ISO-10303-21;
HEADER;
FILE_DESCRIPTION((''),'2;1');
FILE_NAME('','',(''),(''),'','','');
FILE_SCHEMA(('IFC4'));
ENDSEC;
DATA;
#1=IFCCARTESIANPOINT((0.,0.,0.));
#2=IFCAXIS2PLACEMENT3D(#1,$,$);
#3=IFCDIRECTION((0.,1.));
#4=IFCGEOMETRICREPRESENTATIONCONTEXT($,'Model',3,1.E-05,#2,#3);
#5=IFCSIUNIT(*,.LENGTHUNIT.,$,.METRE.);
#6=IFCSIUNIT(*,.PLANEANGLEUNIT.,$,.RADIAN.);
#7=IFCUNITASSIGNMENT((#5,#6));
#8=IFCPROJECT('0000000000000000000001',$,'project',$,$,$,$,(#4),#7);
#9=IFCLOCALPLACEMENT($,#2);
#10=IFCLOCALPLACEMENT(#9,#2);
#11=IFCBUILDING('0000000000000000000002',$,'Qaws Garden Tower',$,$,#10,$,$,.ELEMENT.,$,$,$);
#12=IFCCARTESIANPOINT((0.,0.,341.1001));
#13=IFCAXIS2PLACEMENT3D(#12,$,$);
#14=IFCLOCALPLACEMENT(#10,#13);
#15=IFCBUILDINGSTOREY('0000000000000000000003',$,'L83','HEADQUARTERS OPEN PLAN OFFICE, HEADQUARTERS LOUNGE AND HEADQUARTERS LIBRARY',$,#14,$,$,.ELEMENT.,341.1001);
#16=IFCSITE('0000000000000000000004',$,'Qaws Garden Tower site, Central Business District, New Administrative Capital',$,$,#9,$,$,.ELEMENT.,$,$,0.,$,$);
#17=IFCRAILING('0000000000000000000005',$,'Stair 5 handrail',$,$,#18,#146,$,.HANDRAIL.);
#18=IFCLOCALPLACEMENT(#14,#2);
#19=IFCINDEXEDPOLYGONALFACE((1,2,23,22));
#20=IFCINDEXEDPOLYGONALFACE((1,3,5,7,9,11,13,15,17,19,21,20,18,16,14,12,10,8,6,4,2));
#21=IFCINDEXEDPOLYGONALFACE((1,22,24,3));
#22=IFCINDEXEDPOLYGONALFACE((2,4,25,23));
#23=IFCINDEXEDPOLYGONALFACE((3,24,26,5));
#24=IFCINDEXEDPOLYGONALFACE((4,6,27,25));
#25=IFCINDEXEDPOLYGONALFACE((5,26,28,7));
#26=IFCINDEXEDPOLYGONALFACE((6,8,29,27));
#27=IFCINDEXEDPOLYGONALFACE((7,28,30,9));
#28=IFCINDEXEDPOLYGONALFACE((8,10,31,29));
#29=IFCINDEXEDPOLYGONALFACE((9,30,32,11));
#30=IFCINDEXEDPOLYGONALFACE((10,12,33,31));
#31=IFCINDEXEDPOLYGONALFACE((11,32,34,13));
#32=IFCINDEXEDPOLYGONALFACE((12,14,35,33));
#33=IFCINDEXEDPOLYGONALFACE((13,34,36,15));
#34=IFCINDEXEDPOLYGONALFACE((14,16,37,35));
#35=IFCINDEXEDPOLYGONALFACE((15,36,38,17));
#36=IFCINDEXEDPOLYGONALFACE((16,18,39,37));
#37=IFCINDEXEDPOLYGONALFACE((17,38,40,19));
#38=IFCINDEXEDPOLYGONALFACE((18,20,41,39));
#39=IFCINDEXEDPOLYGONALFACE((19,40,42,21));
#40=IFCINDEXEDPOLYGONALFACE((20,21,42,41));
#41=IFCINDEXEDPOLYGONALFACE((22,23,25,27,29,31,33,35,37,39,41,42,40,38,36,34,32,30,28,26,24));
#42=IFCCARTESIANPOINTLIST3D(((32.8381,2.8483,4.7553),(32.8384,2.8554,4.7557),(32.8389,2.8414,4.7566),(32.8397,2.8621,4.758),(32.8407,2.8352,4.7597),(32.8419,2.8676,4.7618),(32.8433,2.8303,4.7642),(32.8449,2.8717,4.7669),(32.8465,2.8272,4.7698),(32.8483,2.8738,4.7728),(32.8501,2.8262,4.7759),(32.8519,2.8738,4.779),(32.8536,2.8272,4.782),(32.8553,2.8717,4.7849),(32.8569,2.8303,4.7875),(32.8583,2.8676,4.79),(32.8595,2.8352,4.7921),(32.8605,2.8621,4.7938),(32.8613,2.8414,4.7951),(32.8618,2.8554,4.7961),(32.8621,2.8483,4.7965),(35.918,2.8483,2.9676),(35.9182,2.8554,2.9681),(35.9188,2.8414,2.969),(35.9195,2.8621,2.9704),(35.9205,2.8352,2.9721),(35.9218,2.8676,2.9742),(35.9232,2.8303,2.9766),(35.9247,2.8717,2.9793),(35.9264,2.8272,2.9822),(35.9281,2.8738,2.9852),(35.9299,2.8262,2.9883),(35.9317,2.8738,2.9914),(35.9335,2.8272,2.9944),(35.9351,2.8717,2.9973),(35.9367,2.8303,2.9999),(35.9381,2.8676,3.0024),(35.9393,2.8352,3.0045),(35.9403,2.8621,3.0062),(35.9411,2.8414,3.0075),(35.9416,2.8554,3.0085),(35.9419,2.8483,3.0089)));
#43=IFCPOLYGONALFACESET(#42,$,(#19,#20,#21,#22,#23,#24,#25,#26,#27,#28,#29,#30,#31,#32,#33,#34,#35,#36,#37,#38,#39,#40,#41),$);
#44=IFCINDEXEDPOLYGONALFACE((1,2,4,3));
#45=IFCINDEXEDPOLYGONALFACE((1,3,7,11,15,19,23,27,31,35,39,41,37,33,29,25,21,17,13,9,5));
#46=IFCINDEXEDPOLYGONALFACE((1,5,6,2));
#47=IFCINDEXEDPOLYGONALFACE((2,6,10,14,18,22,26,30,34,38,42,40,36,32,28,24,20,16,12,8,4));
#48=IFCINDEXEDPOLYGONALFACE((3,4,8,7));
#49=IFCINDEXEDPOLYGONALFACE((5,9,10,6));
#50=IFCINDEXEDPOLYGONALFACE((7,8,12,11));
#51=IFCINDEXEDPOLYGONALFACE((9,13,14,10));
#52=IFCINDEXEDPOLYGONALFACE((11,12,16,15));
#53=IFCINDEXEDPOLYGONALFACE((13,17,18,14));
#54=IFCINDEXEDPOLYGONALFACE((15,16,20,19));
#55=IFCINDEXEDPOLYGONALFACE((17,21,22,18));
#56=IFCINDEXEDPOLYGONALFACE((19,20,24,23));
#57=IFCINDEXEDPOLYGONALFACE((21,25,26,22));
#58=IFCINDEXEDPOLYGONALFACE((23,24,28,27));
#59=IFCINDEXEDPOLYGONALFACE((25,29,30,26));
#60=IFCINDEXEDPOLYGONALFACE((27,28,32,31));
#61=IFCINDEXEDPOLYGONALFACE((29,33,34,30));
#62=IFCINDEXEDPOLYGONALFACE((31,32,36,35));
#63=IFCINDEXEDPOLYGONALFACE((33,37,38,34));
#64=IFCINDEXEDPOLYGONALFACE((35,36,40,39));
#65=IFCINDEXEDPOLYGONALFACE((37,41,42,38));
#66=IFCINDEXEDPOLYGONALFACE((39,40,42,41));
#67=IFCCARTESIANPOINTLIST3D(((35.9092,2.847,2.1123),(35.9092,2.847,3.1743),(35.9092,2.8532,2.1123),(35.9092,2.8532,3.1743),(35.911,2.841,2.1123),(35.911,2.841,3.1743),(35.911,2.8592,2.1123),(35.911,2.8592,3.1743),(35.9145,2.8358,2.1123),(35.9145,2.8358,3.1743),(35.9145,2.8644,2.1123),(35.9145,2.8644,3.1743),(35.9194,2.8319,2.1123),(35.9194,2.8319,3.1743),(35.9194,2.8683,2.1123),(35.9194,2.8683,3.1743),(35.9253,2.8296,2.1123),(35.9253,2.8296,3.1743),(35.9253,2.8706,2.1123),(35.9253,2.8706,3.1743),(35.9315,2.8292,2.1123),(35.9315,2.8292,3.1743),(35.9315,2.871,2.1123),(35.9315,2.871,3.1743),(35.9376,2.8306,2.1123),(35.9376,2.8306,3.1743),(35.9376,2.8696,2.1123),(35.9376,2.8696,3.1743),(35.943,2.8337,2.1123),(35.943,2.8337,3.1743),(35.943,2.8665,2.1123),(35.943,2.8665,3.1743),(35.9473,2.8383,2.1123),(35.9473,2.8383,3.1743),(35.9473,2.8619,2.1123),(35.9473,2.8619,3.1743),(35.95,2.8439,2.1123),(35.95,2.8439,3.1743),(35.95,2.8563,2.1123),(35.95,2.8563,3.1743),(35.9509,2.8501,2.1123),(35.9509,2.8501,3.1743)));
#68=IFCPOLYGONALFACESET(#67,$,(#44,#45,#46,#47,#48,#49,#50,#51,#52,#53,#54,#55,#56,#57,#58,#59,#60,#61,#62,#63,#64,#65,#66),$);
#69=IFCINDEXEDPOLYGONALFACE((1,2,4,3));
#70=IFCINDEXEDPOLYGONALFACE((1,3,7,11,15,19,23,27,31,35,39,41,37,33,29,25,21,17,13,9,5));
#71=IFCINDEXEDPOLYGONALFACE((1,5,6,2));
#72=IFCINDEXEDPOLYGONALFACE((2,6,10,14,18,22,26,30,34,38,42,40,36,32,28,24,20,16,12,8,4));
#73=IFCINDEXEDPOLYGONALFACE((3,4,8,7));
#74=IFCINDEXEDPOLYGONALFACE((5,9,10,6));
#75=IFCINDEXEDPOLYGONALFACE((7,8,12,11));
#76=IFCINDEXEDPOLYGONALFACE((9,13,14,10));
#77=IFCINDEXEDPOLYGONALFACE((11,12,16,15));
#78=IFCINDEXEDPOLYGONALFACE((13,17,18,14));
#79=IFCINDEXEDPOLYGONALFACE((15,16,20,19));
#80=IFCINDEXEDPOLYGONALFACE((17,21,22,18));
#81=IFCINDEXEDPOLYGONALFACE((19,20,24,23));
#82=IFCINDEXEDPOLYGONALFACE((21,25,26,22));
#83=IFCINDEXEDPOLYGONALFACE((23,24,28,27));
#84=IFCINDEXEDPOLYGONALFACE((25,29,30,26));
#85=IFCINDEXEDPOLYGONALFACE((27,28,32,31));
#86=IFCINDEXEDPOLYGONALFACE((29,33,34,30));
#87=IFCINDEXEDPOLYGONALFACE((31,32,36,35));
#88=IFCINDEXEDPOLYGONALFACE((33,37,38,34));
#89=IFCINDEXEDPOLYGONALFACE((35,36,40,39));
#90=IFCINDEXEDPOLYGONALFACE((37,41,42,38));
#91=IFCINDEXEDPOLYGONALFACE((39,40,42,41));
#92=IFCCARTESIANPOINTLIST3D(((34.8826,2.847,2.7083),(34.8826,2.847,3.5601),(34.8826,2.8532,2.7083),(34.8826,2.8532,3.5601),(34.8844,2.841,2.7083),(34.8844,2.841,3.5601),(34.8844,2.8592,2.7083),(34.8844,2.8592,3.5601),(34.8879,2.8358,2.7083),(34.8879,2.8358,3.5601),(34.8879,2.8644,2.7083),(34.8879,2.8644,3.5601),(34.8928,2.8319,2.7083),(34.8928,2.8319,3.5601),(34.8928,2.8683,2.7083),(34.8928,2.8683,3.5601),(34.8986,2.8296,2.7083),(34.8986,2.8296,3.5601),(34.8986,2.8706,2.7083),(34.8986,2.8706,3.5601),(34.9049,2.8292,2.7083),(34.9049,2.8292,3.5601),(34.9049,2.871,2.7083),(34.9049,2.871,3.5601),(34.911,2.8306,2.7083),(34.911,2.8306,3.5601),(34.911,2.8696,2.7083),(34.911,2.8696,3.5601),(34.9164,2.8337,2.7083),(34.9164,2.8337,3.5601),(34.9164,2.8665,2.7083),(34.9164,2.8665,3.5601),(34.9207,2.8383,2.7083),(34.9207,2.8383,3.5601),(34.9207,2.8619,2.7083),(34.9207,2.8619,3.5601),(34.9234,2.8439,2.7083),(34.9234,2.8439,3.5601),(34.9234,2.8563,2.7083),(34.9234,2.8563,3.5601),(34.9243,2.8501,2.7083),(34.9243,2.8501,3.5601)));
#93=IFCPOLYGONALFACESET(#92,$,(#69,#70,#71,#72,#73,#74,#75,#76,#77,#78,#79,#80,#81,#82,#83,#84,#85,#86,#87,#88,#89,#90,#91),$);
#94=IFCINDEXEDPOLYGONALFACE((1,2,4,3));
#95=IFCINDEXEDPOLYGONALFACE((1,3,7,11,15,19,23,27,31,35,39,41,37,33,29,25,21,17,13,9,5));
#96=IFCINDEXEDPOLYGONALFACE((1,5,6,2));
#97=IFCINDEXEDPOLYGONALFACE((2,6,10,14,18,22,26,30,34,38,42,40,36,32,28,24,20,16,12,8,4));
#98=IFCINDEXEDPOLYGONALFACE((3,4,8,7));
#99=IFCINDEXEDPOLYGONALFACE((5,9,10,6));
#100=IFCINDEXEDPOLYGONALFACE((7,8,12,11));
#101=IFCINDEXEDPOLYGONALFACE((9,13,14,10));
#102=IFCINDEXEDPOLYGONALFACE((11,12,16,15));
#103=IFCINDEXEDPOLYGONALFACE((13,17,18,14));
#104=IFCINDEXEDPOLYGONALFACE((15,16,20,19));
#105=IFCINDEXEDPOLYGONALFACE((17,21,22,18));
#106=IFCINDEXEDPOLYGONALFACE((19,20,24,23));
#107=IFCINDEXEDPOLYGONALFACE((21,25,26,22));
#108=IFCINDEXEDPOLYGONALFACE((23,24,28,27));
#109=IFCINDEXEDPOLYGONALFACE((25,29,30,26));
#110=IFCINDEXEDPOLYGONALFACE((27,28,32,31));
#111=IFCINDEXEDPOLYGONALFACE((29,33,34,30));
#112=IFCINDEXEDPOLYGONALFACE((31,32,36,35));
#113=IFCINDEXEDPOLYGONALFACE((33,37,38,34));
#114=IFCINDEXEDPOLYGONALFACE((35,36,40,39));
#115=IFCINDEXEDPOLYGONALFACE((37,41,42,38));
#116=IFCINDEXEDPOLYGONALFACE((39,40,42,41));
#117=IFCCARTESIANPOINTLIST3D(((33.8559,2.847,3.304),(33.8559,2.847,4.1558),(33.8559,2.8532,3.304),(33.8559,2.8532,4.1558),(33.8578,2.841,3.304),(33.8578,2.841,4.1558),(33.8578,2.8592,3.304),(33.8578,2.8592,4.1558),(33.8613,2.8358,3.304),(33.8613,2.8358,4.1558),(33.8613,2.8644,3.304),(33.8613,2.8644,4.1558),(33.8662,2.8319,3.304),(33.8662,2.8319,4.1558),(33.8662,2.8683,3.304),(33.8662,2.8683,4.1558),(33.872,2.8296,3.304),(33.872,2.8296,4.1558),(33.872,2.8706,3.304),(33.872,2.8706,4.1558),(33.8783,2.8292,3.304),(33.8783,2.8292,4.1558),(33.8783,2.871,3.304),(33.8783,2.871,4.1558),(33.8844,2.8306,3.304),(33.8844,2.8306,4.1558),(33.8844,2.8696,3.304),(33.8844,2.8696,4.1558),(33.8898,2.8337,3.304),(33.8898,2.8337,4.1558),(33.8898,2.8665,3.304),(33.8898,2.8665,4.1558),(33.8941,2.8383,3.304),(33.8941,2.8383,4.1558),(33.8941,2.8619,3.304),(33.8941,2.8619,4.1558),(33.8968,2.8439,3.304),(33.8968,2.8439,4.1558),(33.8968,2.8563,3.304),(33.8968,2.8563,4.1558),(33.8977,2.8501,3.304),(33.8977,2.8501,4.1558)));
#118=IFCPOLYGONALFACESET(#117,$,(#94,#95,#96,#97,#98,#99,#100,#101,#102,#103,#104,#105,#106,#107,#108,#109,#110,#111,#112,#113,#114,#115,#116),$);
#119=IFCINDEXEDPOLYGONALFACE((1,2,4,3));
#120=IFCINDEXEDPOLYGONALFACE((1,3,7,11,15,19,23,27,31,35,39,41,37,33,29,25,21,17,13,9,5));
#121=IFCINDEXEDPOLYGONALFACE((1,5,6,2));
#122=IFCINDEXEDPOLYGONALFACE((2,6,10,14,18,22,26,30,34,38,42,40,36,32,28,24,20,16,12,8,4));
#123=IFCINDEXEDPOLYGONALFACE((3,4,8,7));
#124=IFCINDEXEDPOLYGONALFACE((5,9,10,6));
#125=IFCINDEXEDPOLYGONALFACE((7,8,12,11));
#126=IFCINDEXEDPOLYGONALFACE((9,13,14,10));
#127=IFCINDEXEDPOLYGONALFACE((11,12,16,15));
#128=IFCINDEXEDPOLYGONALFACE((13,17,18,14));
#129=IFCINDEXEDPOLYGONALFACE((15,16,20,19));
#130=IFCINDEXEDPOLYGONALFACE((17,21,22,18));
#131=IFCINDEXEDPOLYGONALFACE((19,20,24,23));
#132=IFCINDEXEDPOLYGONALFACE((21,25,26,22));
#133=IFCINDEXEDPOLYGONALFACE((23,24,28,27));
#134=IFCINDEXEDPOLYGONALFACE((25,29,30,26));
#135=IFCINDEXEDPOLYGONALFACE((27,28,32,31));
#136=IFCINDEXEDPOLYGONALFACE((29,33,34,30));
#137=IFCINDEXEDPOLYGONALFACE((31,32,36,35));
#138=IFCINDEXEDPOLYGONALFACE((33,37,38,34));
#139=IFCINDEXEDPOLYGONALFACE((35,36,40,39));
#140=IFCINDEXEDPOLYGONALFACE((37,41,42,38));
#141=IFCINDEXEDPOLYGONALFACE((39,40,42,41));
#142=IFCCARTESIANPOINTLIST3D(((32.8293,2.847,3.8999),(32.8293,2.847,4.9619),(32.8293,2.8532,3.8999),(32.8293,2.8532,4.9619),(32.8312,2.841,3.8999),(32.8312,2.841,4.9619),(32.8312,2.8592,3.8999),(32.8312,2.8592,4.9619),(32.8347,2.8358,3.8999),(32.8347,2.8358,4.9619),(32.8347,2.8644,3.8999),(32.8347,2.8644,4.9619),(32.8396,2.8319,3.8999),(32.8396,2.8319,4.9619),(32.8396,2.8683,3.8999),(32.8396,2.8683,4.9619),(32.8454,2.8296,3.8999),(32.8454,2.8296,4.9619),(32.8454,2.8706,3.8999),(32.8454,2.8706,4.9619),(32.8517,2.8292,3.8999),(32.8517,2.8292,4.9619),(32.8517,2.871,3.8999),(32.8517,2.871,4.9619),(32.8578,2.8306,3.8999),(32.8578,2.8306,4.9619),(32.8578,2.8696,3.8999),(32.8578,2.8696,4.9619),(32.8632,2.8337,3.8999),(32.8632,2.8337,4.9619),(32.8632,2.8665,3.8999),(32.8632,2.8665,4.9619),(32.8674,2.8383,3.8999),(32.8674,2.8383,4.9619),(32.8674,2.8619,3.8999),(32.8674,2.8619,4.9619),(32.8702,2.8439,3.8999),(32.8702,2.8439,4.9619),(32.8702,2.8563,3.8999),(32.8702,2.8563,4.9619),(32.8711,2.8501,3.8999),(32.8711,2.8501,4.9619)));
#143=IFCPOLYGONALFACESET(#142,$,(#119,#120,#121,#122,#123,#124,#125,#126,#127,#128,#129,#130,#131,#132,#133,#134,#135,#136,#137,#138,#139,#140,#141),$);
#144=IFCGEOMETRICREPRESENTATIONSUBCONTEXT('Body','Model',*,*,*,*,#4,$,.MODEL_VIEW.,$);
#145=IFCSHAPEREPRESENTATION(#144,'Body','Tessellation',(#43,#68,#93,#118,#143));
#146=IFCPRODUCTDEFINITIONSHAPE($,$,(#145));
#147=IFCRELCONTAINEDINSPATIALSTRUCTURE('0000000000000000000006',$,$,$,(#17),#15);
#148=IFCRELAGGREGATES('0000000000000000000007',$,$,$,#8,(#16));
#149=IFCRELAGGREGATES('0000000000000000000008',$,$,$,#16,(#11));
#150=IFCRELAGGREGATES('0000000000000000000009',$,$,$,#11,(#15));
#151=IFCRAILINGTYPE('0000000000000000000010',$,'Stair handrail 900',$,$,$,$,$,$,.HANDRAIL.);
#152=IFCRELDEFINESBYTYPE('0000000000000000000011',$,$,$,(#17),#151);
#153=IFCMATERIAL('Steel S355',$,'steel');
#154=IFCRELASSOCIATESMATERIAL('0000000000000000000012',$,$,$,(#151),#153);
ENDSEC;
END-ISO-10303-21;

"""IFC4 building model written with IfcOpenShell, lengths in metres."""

from ifc_helpers import new_model, si_unit, direction, frame, origin, origin_2d, place, context, subcontext, project, spatial, circle, extrude, material, type_object, element, save


model = new_model("IFC4")

# Units and contexts
model_context = context("Model", 3, precision=1e-05, world=origin(), true_north=direction((0.0, 1.0)))
body_context = subcontext(model_context, "Body", "Model", "MODEL_VIEW")
ifc_project = project(units=[si_unit("LENGTHUNIT", "METRE"), si_unit("PLANEANGLEUNIT", "RADIAN")], contexts=[model_context])

# Site, building, storey
site_placement = place(None, origin())
site = spatial("IfcSite", under=ifc_project, at=site_placement, Name="Qaws Garden Tower site, Central Business District, New Administrative Capital", CompositionType="ELEMENT", RefElevation=0.0)
building_placement = place(site_placement, origin())
building = spatial("IfcBuilding", under=site, at=building_placement, Name="Qaws Garden Tower", CompositionType="ELEMENT")
storey_placement = place(building_placement, frame((0.0, 0.0, 341.1001)))
storey = spatial("IfcBuildingStorey", under=building, at=storey_placement, Name="L83", Description="HEADQUARTERS OPEN PLAN OFFICE, HEADQUARTERS LOUNGE AND HEADQUARTERS LIBRARY", CompositionType="ELEMENT", Elevation=341.1001)

# Railing
ifc_material_1 = material(Name="Steel S355", Category="steel")
railing_type = type_object("IfcRailingType", Name="Stair handrail 900", PredefinedType="HANDRAIL", material=ifc_material_1)
railing_1_placement = place(storey_placement, frame((35.9299, 2.8501, 2.1123)))
element("IfcRailing", 1, at=railing_1_placement, inside=storey, type_object=railing_type, Name="Stair 5 handrail", PredefinedType="HANDRAIL", context=body_context, shape_type="SweptSolid", body=[
    extrude(circle(Radius=0.0239, at=origin_2d()), frame((0.0, 0.0, 0.876), z_axis=(-0.864873, 0.0, 0.50199), x_axis=(0.0, -1.0, 0.0)), (0.0, 0.0, 1.0), 3.561),
    extrude(circle(Radius=0.021, at=origin_2d()), origin(), (0.0, 0.0, 1.0), 1.062),
    extrude(circle(Radius=0.021, at=origin_2d()), frame((-1.0266, 0.0, 0.5959)), (0.0, 0.0, 1.0), 0.8518),
    extrude(circle(Radius=0.021, at=origin_2d()), frame((-2.0532, 0.0, 1.1917)), (0.0, 0.0, 1.0), 0.8518),
    extrude(circle(Radius=0.021, at=origin_2d()), frame((-3.0798, 0.0, 1.7876)), (0.0, 0.0, 1.0), 1.062),
])

save(model, "model.ifc")
